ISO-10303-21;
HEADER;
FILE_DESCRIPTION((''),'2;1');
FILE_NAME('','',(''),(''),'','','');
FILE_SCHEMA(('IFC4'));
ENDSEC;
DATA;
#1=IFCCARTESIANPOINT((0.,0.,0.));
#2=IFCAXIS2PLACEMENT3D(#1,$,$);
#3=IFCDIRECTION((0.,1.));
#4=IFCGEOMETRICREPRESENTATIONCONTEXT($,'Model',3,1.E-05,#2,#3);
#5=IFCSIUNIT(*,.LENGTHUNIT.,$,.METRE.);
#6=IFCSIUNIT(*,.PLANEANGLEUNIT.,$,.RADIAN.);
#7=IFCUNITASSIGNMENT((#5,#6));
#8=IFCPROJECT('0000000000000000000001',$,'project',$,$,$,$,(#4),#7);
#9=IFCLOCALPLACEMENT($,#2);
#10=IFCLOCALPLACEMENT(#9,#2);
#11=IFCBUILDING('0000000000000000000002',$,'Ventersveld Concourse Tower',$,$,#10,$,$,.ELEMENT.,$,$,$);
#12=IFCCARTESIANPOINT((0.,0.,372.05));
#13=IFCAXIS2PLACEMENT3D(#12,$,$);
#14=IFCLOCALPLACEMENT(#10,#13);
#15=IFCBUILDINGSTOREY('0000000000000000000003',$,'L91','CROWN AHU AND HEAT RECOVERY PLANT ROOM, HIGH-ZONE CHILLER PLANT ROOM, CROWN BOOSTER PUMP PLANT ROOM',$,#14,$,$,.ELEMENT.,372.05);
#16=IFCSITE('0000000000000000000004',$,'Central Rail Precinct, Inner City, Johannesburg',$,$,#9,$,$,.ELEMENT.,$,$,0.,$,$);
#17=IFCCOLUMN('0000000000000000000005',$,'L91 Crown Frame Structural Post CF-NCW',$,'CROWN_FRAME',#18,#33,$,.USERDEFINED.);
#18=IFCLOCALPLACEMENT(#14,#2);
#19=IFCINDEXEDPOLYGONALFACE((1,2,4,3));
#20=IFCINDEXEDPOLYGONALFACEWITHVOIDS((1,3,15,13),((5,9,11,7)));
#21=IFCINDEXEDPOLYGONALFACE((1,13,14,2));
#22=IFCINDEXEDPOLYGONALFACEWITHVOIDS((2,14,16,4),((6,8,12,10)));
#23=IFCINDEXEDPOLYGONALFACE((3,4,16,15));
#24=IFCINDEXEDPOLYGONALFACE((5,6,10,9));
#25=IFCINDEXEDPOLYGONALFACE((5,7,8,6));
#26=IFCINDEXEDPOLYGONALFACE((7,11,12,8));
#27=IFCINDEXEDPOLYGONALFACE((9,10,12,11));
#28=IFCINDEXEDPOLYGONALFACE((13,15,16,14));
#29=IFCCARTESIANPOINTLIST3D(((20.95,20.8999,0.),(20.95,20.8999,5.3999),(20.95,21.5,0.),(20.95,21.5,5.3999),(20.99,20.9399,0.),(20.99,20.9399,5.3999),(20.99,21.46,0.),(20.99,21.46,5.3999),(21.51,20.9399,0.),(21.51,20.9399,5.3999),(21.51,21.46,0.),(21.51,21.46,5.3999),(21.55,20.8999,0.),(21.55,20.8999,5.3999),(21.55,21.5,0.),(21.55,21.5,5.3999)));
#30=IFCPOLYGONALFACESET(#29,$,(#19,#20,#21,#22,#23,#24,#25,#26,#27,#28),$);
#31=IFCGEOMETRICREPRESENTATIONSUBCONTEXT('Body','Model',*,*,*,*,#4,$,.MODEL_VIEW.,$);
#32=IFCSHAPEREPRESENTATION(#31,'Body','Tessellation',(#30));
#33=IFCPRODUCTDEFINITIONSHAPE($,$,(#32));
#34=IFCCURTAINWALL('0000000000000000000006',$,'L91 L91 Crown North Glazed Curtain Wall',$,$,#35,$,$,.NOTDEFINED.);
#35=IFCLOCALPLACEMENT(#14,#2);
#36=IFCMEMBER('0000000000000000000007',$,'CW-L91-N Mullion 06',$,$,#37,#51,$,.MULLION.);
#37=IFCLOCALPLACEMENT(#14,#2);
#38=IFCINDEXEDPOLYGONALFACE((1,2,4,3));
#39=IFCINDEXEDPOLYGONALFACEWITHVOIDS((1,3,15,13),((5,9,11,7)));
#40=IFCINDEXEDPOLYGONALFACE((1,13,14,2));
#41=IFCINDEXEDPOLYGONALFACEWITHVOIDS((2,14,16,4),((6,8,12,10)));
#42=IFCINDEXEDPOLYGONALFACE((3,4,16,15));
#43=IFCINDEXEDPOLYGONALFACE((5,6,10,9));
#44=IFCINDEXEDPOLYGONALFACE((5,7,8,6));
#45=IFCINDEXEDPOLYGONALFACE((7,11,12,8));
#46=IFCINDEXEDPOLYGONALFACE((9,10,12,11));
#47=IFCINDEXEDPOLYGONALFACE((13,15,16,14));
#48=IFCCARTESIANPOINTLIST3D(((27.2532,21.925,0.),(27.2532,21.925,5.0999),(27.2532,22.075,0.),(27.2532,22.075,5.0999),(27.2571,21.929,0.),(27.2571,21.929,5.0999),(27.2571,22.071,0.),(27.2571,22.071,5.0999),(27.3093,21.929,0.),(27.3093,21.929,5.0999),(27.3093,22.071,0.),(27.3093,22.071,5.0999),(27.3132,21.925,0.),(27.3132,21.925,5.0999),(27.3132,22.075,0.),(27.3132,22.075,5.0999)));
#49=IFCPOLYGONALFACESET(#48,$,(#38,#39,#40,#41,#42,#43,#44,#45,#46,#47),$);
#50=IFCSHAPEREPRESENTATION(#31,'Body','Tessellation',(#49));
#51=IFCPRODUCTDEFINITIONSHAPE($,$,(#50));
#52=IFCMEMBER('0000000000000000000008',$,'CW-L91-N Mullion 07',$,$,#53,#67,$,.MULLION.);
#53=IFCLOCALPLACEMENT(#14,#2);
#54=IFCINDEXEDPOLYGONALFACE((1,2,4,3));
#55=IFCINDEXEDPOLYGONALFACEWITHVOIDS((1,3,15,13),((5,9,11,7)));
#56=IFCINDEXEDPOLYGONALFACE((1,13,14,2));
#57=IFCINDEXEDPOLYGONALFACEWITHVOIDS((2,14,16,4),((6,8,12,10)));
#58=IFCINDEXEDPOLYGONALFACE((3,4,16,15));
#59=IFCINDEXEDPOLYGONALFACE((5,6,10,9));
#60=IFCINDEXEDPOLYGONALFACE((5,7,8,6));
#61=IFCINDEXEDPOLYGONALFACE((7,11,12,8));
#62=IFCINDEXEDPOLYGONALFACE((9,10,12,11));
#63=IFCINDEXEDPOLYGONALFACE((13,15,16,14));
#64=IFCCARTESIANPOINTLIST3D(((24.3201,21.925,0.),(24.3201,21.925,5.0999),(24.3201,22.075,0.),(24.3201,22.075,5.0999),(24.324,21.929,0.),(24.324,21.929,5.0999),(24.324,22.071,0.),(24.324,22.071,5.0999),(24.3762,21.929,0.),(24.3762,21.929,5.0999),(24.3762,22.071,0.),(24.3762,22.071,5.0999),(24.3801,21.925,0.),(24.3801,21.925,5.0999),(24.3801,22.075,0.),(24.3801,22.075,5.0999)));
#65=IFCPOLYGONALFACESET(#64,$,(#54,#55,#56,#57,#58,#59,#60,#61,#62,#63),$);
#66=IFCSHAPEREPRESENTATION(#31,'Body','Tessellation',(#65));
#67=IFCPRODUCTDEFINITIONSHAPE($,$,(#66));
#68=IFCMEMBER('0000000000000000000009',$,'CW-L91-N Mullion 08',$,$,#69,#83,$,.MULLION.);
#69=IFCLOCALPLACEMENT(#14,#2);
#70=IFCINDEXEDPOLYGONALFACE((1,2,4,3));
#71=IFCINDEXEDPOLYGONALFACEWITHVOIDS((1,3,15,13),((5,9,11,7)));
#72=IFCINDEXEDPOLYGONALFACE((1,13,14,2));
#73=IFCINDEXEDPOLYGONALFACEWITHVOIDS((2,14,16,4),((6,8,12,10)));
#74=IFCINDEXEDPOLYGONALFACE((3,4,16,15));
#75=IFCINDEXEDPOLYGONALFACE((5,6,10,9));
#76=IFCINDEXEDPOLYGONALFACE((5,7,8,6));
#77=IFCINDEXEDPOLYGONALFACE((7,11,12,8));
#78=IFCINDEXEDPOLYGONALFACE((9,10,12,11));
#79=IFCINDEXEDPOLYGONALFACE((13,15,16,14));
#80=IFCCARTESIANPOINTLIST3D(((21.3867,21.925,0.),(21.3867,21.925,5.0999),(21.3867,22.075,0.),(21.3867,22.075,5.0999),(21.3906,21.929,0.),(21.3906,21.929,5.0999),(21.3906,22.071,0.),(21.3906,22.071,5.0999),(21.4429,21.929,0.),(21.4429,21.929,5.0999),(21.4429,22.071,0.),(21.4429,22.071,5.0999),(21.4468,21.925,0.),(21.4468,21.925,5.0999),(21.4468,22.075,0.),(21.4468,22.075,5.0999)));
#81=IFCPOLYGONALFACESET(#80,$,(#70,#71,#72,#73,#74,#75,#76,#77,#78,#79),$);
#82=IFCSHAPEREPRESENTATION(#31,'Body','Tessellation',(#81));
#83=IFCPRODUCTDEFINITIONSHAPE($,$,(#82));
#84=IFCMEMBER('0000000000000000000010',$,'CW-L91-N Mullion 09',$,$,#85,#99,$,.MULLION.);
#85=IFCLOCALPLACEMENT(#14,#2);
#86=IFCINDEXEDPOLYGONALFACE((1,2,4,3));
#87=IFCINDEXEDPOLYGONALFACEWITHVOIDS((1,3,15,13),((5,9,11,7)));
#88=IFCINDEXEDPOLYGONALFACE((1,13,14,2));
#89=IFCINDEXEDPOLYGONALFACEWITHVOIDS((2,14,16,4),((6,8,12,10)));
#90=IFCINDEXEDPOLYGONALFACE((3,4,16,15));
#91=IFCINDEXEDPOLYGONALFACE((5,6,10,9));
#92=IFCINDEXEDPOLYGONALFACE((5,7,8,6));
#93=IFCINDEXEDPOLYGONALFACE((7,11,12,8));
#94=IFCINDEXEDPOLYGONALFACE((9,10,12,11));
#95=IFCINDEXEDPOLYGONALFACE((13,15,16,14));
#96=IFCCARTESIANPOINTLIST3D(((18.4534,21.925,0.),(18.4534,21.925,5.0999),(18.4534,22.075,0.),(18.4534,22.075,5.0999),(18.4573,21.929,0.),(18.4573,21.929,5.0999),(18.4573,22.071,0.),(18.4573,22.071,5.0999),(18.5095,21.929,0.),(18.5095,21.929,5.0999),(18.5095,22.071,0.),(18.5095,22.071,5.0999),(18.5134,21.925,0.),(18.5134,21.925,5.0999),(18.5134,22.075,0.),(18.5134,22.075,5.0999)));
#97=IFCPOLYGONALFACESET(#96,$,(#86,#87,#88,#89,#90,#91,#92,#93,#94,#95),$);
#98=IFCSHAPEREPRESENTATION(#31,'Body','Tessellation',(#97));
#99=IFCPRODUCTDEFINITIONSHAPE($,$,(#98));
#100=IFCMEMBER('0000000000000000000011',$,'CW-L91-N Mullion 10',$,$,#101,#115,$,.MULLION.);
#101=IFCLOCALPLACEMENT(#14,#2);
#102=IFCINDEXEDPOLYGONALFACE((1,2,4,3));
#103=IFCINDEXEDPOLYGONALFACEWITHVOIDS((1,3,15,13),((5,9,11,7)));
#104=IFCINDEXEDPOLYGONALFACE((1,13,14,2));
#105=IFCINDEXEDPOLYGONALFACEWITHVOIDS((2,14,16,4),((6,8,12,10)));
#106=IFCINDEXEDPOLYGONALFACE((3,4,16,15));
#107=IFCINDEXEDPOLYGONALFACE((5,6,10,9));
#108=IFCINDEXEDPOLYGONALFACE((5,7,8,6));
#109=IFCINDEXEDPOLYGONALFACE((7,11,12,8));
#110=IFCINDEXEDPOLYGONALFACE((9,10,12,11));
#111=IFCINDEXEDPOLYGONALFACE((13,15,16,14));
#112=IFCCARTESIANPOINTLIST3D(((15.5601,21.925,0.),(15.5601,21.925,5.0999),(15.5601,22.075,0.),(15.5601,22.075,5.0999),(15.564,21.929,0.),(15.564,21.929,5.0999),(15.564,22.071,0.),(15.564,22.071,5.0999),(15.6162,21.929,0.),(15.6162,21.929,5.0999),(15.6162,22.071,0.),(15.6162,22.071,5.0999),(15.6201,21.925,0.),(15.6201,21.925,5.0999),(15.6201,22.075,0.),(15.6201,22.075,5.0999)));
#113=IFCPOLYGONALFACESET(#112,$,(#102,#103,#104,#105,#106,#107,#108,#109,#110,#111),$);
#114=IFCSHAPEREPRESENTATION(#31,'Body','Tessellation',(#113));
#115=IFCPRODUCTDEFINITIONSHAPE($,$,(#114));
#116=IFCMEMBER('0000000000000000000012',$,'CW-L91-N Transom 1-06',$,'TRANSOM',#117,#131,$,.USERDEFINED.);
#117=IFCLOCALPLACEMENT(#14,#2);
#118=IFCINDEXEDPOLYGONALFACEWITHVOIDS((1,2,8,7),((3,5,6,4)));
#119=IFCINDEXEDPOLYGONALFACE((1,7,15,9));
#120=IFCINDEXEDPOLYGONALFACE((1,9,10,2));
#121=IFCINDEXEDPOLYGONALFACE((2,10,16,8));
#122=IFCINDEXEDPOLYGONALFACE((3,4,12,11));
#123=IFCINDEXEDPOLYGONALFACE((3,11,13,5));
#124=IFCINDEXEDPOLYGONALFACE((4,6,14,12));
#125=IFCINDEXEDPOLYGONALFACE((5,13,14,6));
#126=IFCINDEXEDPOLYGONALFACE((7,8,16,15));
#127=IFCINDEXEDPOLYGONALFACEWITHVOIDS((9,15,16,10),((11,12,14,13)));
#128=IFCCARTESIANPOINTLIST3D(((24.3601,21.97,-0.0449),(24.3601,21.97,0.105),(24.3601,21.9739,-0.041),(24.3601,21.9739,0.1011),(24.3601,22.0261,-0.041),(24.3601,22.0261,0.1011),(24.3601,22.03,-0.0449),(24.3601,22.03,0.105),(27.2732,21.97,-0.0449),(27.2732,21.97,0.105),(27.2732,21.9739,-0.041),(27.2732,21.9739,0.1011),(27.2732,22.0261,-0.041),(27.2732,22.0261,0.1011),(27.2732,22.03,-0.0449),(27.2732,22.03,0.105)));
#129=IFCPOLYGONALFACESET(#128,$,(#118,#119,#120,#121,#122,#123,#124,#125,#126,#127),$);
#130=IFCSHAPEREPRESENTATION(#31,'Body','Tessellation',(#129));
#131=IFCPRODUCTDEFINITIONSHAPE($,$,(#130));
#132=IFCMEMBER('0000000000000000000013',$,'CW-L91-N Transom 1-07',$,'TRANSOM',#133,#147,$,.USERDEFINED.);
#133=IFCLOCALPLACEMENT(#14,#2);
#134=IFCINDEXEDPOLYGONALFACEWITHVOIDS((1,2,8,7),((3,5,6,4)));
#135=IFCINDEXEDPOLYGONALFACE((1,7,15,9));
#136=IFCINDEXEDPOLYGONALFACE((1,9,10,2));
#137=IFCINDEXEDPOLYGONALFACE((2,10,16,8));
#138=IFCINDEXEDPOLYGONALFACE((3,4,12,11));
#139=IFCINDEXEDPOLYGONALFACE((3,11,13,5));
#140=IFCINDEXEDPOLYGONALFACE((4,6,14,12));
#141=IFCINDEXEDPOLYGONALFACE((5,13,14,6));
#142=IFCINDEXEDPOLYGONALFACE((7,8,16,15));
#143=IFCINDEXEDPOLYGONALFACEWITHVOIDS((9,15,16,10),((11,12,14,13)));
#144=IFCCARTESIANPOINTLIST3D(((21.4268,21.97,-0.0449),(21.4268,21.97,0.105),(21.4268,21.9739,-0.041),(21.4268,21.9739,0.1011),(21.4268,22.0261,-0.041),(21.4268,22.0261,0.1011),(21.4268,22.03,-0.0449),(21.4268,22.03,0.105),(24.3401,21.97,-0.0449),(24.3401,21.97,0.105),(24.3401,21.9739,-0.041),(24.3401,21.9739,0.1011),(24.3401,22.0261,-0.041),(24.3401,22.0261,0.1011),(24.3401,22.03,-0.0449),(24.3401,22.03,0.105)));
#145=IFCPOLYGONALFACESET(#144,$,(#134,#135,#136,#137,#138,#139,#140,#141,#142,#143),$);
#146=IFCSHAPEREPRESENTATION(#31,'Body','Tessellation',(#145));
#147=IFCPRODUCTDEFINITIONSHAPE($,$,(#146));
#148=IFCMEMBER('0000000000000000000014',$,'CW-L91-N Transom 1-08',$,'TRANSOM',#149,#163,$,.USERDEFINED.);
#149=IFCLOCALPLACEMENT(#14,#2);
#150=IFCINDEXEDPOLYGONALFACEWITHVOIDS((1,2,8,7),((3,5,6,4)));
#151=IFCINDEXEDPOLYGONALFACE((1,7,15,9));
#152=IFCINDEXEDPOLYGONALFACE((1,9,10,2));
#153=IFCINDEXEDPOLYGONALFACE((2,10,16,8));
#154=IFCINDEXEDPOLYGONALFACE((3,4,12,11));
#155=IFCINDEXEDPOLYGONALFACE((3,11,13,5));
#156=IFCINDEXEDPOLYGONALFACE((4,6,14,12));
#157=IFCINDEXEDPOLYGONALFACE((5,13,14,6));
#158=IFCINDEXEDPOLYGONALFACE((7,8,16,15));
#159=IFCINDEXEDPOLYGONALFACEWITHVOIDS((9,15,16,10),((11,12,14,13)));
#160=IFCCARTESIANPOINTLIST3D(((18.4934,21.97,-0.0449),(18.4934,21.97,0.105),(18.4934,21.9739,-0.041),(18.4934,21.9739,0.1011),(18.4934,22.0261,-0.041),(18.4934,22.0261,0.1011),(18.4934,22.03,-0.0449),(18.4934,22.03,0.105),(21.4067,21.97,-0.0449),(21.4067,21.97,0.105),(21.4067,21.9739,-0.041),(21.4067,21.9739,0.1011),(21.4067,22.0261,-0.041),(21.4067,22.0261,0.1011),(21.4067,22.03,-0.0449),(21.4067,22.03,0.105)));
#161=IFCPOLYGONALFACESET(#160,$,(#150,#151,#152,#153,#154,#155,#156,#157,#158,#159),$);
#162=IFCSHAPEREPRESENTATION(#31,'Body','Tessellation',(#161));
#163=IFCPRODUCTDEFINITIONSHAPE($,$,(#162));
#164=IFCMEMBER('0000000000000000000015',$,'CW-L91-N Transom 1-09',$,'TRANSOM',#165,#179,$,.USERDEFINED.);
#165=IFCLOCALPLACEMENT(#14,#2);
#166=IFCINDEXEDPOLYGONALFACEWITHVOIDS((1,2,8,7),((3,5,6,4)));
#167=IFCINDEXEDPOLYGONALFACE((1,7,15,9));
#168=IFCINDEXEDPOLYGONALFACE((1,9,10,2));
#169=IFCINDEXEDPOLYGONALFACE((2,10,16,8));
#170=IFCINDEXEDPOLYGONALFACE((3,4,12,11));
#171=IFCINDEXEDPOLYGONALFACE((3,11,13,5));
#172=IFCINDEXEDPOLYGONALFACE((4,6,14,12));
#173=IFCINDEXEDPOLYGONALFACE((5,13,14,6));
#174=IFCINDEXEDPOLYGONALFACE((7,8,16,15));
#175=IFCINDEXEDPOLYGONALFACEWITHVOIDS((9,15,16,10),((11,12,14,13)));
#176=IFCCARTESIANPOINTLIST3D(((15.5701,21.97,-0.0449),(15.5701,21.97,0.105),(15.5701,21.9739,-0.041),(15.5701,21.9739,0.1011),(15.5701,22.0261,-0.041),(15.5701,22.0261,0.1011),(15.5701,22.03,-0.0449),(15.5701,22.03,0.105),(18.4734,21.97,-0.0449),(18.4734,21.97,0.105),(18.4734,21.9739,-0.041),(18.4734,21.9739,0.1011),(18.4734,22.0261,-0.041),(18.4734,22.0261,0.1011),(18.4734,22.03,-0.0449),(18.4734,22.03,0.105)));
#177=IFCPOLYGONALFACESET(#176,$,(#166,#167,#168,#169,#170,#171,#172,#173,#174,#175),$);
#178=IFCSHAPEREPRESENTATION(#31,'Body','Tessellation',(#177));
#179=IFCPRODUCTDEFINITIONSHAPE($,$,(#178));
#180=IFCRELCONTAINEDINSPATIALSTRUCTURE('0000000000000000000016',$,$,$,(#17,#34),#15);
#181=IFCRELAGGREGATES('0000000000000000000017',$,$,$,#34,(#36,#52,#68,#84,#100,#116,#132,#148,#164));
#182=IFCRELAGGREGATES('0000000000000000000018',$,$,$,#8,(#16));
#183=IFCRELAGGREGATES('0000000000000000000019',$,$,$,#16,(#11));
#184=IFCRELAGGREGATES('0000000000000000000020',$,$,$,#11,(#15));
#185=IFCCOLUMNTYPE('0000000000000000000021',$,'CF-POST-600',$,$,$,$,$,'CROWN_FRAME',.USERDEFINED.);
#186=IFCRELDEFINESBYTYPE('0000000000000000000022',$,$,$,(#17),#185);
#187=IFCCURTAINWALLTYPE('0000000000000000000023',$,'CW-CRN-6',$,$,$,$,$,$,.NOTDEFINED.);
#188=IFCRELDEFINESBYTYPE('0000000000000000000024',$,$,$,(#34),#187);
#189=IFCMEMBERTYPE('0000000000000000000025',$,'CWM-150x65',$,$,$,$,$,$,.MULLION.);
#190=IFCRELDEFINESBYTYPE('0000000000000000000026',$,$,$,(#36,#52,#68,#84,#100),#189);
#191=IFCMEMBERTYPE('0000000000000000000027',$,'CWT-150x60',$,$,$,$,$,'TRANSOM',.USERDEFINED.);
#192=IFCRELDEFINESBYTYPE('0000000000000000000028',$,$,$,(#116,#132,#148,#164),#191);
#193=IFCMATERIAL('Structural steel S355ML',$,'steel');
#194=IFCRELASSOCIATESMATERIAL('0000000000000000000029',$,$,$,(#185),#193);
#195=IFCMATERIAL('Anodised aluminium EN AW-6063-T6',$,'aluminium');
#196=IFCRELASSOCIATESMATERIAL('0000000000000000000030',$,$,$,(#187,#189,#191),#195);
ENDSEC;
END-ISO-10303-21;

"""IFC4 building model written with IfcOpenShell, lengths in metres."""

from ifc_helpers import new_model, si_unit, direction, frame, origin, origin_2d, place, context, subcontext, project, spatial, hollow_rectangle, extrude, material, material_profile, profile_set, type_object, element, aggregate, save


model = new_model("IFC4")

# Units and contexts
model_context = context("Model", 3, precision=1e-05, world=origin(), true_north=direction((0.0, 1.0)))
body_context = subcontext(model_context, "Body", "Model", "MODEL_VIEW")
ifc_project = project(units=[si_unit("LENGTHUNIT", "METRE"), si_unit("PLANEANGLEUNIT", "RADIAN")], contexts=[model_context])

# Site, building, storey
site_placement = place(None, origin())
site = spatial("IfcSite", under=ifc_project, at=site_placement, Name="Central Rail Precinct, Inner City, Johannesburg", CompositionType="ELEMENT", RefElevation=0.0)
building_placement = place(site_placement, origin())
building = spatial("IfcBuilding", under=site, at=building_placement, Name="Ventersveld Concourse Tower", CompositionType="ELEMENT")
storey_placement = place(building_placement, frame((0.0, 0.0, 372.05)))
storey = spatial("IfcBuildingStorey", under=building, at=storey_placement, Name="L91", Description="CROWN AHU AND HEAT RECOVERY PLANT ROOM, HIGH-ZONE CHILLER PLANT ROOM, CROWN BOOSTER PUMP PLANT ROOM", CompositionType="ELEMENT", Elevation=372.05)

# Column
ifc_material_1 = material(Name="Structural steel S355ML", Category="steel")
ifc_material_profile_1 = material_profile(ifc_material_1, hollow_rectangle(XDim=0.6001, YDim=0.6001, WallThickness=0.04, at=origin_2d()), Name="BOX 600x600x40")
ifc_profile_set_1 = profile_set([ifc_material_profile_1], Name="Structural steel S355ML")
column_type = type_object("IfcColumnType", Name="CF-POST-600", ElementType="CROWN_FRAME", PredefinedType="USERDEFINED", material=ifc_profile_set_1)
column_placement = place(storey_placement, frame((21.25, 21.2, 0.0), z_axis=(0.0, 0.0, 1.0), x_axis=(1.0, 0.0, 0.0)))
element("IfcColumn", 1, at=column_placement, inside=storey, type_object=column_type, Name="L91 Crown Frame Structural Post CF-NCW", ObjectType="CROWN_FRAME", PredefinedType="USERDEFINED", context=body_context, shape_type="SweptSolid", body=[
    extrude(hollow_rectangle(XDim=0.6001, YDim=0.6001, WallThickness=0.04, at=origin_2d()), origin(), (0.0, 0.0, 1.0), 5.3999),
])

# Curtain wall, members
ifc_material_2 = material(Name="Anodised aluminium EN AW-6063-T6", Category="aluminium")
curtain_wall_type = type_object("IfcCurtainWallType", Name="CW-CRN-6", PredefinedType="NOTDEFINED", material=ifc_material_2)
curtain_wall_placement = place(storey_placement, origin())
curtain_wall = element("IfcCurtainWall", 2, at=curtain_wall_placement, inside=storey, type_object=curtain_wall_type, Name="L91 L91 Crown North Glazed Curtain Wall", PredefinedType="NOTDEFINED")
ifc_material_profile_2 = material_profile(ifc_material_2, hollow_rectangle(XDim=0.0601, YDim=0.1499, WallThickness=0.0039, at=origin_2d()), Name="ALU 150x60x4")
ifc_profile_set_2 = profile_set([ifc_material_profile_2], Name="Anodised aluminium EN AW-6063-T6")
member_type_1 = type_object("IfcMemberType", Name="CWM-150x65", PredefinedType="MULLION", material=ifc_profile_set_2)
member_1_placement = place(storey_placement, frame((27.2832, 22.0, 0.0), z_axis=(0.0, 0.0, 1.0), x_axis=(1.0, 0.0, 0.0)))
member_1 = element("IfcMember", 3, at=member_1_placement, type_object=member_type_1, Name="CW-L91-N Mullion 06", PredefinedType="MULLION", context=body_context, shape_type="SweptSolid", body=[
    extrude(hollow_rectangle(XDim=0.0601, YDim=0.1499, WallThickness=0.0039, at=origin_2d()), origin(), (0.0, 0.0, 1.0), 5.0999),
])
member_2_placement = place(storey_placement, frame((24.3501, 22.0, 0.0), z_axis=(0.0, 0.0, 1.0), x_axis=(1.0, 0.0, 0.0)))
member_2 = element("IfcMember", 4, at=member_2_placement, type_object=member_type_1, Name="CW-L91-N Mullion 07", PredefinedType="MULLION", context=body_context, shape_type="SweptSolid", body=[
    extrude(hollow_rectangle(XDim=0.0601, YDim=0.1499, WallThickness=0.0039, at=origin_2d()), origin(), (0.0, 0.0, 1.0), 5.0999),
])
member_3_placement = place(storey_placement, frame((21.4167, 22.0, 0.0), z_axis=(0.0, 0.0, 1.0), x_axis=(1.0, 0.0, 0.0)))
member_3 = element("IfcMember", 5, at=member_3_placement, type_object=member_type_1, Name="CW-L91-N Mullion 08", PredefinedType="MULLION", context=body_context, shape_type="SweptSolid", body=[
    extrude(hollow_rectangle(XDim=0.0601, YDim=0.1499, WallThickness=0.0039, at=origin_2d()), origin(), (0.0, 0.0, 1.0), 5.0999),
])
member_4_placement = place(storey_placement, frame((18.4834, 22.0, 0.0), z_axis=(0.0, 0.0, 1.0), x_axis=(1.0, 0.0, 0.0)))
member_4 = element("IfcMember", 6, at=member_4_placement, type_object=member_type_1, Name="CW-L91-N Mullion 09", PredefinedType="MULLION", context=body_context, shape_type="SweptSolid", body=[
    extrude(hollow_rectangle(XDim=0.0601, YDim=0.1499, WallThickness=0.0039, at=origin_2d()), origin(), (0.0, 0.0, 1.0), 5.0999),
])
member_5_placement = place(storey_placement, frame((15.5901, 22.0, 0.0), z_axis=(0.0, 0.0, 1.0), x_axis=(1.0, 0.0, 0.0)))
member_5 = element("IfcMember", 7, at=member_5_placement, type_object=member_type_1, Name="CW-L91-N Mullion 10", PredefinedType="MULLION", context=body_context, shape_type="SweptSolid", body=[
    extrude(hollow_rectangle(XDim=0.0601, YDim=0.1499, WallThickness=0.0039, at=origin_2d()), origin(), (0.0, 0.0, 1.0), 5.0999),
])
ifc_material_profile_3 = material_profile(ifc_material_2, hollow_rectangle(XDim=0.0601, YDim=0.1499, WallThickness=0.0039, at=origin_2d()), Name="ALU 150x60x4")
ifc_profile_set_3 = profile_set([ifc_material_profile_3], Name="Anodised aluminium EN AW-6063-T6")
member_type_2 = type_object("IfcMemberType", Name="CWT-150x60", ElementType="TRANSOM", PredefinedType="USERDEFINED", material=ifc_profile_set_3)
member_6_placement = place(storey_placement, frame((27.2732, 22.0, 0.03), z_axis=(-1.0, 0.0, 0.0), x_axis=(0.0, -1.0, 0.0)))
member_6 = element("IfcMember", 8, at=member_6_placement, type_object=member_type_2, Name="CW-L91-N Transom 1-06", ObjectType="TRANSOM", PredefinedType="USERDEFINED", context=body_context, shape_type="SweptSolid", body=[
    extrude(hollow_rectangle(XDim=0.0601, YDim=0.1499, WallThickness=0.0039, at=origin_2d()), origin(), (0.0, 0.0, 1.0), 2.9131),
])
member_7_placement = place(storey_placement, frame((24.3401, 22.0, 0.03), z_axis=(-1.0, 0.0, 0.0), x_axis=(0.0, -1.0, 0.0)))
member_7 = element("IfcMember", 9, at=member_7_placement, type_object=member_type_2, Name="CW-L91-N Transom 1-07", ObjectType="TRANSOM", PredefinedType="USERDEFINED", context=body_context, shape_type="SweptSolid", body=[
    extrude(hollow_rectangle(XDim=0.0601, YDim=0.1499, WallThickness=0.0039, at=origin_2d()), origin(), (0.0, 0.0, 1.0), 2.9133),
])
member_8_placement = place(storey_placement, frame((21.4067, 22.0, 0.03), z_axis=(-1.0, 0.0, 0.0), x_axis=(0.0, -1.0, 0.0)))
member_8 = element("IfcMember", 10, at=member_8_placement, type_object=member_type_2, Name="CW-L91-N Transom 1-08", ObjectType="TRANSOM", PredefinedType="USERDEFINED", context=body_context, shape_type="SweptSolid", body=[
    extrude(hollow_rectangle(XDim=0.0601, YDim=0.1499, WallThickness=0.0039, at=origin_2d()), origin(), (0.0, 0.0, 1.0), 2.9133),
])
member_9_placement = place(storey_placement, frame((18.4734, 22.0, 0.03), z_axis=(-1.0, 0.0, 0.0), x_axis=(0.0, -1.0, 0.0)))
member_9 = element("IfcMember", 11, at=member_9_placement, type_object=member_type_2, Name="CW-L91-N Transom 1-09", ObjectType="TRANSOM", PredefinedType="USERDEFINED", context=body_context, shape_type="SweptSolid", body=[
    extrude(hollow_rectangle(XDim=0.0601, YDim=0.1499, WallThickness=0.0039, at=origin_2d()), origin(), (0.0, 0.0, 1.0), 2.9033),
])

aggregate(curtain_wall, [member_1, member_2, member_3, member_4, member_5, member_6, member_7, member_8, member_9])

save(model, "model.ifc")
